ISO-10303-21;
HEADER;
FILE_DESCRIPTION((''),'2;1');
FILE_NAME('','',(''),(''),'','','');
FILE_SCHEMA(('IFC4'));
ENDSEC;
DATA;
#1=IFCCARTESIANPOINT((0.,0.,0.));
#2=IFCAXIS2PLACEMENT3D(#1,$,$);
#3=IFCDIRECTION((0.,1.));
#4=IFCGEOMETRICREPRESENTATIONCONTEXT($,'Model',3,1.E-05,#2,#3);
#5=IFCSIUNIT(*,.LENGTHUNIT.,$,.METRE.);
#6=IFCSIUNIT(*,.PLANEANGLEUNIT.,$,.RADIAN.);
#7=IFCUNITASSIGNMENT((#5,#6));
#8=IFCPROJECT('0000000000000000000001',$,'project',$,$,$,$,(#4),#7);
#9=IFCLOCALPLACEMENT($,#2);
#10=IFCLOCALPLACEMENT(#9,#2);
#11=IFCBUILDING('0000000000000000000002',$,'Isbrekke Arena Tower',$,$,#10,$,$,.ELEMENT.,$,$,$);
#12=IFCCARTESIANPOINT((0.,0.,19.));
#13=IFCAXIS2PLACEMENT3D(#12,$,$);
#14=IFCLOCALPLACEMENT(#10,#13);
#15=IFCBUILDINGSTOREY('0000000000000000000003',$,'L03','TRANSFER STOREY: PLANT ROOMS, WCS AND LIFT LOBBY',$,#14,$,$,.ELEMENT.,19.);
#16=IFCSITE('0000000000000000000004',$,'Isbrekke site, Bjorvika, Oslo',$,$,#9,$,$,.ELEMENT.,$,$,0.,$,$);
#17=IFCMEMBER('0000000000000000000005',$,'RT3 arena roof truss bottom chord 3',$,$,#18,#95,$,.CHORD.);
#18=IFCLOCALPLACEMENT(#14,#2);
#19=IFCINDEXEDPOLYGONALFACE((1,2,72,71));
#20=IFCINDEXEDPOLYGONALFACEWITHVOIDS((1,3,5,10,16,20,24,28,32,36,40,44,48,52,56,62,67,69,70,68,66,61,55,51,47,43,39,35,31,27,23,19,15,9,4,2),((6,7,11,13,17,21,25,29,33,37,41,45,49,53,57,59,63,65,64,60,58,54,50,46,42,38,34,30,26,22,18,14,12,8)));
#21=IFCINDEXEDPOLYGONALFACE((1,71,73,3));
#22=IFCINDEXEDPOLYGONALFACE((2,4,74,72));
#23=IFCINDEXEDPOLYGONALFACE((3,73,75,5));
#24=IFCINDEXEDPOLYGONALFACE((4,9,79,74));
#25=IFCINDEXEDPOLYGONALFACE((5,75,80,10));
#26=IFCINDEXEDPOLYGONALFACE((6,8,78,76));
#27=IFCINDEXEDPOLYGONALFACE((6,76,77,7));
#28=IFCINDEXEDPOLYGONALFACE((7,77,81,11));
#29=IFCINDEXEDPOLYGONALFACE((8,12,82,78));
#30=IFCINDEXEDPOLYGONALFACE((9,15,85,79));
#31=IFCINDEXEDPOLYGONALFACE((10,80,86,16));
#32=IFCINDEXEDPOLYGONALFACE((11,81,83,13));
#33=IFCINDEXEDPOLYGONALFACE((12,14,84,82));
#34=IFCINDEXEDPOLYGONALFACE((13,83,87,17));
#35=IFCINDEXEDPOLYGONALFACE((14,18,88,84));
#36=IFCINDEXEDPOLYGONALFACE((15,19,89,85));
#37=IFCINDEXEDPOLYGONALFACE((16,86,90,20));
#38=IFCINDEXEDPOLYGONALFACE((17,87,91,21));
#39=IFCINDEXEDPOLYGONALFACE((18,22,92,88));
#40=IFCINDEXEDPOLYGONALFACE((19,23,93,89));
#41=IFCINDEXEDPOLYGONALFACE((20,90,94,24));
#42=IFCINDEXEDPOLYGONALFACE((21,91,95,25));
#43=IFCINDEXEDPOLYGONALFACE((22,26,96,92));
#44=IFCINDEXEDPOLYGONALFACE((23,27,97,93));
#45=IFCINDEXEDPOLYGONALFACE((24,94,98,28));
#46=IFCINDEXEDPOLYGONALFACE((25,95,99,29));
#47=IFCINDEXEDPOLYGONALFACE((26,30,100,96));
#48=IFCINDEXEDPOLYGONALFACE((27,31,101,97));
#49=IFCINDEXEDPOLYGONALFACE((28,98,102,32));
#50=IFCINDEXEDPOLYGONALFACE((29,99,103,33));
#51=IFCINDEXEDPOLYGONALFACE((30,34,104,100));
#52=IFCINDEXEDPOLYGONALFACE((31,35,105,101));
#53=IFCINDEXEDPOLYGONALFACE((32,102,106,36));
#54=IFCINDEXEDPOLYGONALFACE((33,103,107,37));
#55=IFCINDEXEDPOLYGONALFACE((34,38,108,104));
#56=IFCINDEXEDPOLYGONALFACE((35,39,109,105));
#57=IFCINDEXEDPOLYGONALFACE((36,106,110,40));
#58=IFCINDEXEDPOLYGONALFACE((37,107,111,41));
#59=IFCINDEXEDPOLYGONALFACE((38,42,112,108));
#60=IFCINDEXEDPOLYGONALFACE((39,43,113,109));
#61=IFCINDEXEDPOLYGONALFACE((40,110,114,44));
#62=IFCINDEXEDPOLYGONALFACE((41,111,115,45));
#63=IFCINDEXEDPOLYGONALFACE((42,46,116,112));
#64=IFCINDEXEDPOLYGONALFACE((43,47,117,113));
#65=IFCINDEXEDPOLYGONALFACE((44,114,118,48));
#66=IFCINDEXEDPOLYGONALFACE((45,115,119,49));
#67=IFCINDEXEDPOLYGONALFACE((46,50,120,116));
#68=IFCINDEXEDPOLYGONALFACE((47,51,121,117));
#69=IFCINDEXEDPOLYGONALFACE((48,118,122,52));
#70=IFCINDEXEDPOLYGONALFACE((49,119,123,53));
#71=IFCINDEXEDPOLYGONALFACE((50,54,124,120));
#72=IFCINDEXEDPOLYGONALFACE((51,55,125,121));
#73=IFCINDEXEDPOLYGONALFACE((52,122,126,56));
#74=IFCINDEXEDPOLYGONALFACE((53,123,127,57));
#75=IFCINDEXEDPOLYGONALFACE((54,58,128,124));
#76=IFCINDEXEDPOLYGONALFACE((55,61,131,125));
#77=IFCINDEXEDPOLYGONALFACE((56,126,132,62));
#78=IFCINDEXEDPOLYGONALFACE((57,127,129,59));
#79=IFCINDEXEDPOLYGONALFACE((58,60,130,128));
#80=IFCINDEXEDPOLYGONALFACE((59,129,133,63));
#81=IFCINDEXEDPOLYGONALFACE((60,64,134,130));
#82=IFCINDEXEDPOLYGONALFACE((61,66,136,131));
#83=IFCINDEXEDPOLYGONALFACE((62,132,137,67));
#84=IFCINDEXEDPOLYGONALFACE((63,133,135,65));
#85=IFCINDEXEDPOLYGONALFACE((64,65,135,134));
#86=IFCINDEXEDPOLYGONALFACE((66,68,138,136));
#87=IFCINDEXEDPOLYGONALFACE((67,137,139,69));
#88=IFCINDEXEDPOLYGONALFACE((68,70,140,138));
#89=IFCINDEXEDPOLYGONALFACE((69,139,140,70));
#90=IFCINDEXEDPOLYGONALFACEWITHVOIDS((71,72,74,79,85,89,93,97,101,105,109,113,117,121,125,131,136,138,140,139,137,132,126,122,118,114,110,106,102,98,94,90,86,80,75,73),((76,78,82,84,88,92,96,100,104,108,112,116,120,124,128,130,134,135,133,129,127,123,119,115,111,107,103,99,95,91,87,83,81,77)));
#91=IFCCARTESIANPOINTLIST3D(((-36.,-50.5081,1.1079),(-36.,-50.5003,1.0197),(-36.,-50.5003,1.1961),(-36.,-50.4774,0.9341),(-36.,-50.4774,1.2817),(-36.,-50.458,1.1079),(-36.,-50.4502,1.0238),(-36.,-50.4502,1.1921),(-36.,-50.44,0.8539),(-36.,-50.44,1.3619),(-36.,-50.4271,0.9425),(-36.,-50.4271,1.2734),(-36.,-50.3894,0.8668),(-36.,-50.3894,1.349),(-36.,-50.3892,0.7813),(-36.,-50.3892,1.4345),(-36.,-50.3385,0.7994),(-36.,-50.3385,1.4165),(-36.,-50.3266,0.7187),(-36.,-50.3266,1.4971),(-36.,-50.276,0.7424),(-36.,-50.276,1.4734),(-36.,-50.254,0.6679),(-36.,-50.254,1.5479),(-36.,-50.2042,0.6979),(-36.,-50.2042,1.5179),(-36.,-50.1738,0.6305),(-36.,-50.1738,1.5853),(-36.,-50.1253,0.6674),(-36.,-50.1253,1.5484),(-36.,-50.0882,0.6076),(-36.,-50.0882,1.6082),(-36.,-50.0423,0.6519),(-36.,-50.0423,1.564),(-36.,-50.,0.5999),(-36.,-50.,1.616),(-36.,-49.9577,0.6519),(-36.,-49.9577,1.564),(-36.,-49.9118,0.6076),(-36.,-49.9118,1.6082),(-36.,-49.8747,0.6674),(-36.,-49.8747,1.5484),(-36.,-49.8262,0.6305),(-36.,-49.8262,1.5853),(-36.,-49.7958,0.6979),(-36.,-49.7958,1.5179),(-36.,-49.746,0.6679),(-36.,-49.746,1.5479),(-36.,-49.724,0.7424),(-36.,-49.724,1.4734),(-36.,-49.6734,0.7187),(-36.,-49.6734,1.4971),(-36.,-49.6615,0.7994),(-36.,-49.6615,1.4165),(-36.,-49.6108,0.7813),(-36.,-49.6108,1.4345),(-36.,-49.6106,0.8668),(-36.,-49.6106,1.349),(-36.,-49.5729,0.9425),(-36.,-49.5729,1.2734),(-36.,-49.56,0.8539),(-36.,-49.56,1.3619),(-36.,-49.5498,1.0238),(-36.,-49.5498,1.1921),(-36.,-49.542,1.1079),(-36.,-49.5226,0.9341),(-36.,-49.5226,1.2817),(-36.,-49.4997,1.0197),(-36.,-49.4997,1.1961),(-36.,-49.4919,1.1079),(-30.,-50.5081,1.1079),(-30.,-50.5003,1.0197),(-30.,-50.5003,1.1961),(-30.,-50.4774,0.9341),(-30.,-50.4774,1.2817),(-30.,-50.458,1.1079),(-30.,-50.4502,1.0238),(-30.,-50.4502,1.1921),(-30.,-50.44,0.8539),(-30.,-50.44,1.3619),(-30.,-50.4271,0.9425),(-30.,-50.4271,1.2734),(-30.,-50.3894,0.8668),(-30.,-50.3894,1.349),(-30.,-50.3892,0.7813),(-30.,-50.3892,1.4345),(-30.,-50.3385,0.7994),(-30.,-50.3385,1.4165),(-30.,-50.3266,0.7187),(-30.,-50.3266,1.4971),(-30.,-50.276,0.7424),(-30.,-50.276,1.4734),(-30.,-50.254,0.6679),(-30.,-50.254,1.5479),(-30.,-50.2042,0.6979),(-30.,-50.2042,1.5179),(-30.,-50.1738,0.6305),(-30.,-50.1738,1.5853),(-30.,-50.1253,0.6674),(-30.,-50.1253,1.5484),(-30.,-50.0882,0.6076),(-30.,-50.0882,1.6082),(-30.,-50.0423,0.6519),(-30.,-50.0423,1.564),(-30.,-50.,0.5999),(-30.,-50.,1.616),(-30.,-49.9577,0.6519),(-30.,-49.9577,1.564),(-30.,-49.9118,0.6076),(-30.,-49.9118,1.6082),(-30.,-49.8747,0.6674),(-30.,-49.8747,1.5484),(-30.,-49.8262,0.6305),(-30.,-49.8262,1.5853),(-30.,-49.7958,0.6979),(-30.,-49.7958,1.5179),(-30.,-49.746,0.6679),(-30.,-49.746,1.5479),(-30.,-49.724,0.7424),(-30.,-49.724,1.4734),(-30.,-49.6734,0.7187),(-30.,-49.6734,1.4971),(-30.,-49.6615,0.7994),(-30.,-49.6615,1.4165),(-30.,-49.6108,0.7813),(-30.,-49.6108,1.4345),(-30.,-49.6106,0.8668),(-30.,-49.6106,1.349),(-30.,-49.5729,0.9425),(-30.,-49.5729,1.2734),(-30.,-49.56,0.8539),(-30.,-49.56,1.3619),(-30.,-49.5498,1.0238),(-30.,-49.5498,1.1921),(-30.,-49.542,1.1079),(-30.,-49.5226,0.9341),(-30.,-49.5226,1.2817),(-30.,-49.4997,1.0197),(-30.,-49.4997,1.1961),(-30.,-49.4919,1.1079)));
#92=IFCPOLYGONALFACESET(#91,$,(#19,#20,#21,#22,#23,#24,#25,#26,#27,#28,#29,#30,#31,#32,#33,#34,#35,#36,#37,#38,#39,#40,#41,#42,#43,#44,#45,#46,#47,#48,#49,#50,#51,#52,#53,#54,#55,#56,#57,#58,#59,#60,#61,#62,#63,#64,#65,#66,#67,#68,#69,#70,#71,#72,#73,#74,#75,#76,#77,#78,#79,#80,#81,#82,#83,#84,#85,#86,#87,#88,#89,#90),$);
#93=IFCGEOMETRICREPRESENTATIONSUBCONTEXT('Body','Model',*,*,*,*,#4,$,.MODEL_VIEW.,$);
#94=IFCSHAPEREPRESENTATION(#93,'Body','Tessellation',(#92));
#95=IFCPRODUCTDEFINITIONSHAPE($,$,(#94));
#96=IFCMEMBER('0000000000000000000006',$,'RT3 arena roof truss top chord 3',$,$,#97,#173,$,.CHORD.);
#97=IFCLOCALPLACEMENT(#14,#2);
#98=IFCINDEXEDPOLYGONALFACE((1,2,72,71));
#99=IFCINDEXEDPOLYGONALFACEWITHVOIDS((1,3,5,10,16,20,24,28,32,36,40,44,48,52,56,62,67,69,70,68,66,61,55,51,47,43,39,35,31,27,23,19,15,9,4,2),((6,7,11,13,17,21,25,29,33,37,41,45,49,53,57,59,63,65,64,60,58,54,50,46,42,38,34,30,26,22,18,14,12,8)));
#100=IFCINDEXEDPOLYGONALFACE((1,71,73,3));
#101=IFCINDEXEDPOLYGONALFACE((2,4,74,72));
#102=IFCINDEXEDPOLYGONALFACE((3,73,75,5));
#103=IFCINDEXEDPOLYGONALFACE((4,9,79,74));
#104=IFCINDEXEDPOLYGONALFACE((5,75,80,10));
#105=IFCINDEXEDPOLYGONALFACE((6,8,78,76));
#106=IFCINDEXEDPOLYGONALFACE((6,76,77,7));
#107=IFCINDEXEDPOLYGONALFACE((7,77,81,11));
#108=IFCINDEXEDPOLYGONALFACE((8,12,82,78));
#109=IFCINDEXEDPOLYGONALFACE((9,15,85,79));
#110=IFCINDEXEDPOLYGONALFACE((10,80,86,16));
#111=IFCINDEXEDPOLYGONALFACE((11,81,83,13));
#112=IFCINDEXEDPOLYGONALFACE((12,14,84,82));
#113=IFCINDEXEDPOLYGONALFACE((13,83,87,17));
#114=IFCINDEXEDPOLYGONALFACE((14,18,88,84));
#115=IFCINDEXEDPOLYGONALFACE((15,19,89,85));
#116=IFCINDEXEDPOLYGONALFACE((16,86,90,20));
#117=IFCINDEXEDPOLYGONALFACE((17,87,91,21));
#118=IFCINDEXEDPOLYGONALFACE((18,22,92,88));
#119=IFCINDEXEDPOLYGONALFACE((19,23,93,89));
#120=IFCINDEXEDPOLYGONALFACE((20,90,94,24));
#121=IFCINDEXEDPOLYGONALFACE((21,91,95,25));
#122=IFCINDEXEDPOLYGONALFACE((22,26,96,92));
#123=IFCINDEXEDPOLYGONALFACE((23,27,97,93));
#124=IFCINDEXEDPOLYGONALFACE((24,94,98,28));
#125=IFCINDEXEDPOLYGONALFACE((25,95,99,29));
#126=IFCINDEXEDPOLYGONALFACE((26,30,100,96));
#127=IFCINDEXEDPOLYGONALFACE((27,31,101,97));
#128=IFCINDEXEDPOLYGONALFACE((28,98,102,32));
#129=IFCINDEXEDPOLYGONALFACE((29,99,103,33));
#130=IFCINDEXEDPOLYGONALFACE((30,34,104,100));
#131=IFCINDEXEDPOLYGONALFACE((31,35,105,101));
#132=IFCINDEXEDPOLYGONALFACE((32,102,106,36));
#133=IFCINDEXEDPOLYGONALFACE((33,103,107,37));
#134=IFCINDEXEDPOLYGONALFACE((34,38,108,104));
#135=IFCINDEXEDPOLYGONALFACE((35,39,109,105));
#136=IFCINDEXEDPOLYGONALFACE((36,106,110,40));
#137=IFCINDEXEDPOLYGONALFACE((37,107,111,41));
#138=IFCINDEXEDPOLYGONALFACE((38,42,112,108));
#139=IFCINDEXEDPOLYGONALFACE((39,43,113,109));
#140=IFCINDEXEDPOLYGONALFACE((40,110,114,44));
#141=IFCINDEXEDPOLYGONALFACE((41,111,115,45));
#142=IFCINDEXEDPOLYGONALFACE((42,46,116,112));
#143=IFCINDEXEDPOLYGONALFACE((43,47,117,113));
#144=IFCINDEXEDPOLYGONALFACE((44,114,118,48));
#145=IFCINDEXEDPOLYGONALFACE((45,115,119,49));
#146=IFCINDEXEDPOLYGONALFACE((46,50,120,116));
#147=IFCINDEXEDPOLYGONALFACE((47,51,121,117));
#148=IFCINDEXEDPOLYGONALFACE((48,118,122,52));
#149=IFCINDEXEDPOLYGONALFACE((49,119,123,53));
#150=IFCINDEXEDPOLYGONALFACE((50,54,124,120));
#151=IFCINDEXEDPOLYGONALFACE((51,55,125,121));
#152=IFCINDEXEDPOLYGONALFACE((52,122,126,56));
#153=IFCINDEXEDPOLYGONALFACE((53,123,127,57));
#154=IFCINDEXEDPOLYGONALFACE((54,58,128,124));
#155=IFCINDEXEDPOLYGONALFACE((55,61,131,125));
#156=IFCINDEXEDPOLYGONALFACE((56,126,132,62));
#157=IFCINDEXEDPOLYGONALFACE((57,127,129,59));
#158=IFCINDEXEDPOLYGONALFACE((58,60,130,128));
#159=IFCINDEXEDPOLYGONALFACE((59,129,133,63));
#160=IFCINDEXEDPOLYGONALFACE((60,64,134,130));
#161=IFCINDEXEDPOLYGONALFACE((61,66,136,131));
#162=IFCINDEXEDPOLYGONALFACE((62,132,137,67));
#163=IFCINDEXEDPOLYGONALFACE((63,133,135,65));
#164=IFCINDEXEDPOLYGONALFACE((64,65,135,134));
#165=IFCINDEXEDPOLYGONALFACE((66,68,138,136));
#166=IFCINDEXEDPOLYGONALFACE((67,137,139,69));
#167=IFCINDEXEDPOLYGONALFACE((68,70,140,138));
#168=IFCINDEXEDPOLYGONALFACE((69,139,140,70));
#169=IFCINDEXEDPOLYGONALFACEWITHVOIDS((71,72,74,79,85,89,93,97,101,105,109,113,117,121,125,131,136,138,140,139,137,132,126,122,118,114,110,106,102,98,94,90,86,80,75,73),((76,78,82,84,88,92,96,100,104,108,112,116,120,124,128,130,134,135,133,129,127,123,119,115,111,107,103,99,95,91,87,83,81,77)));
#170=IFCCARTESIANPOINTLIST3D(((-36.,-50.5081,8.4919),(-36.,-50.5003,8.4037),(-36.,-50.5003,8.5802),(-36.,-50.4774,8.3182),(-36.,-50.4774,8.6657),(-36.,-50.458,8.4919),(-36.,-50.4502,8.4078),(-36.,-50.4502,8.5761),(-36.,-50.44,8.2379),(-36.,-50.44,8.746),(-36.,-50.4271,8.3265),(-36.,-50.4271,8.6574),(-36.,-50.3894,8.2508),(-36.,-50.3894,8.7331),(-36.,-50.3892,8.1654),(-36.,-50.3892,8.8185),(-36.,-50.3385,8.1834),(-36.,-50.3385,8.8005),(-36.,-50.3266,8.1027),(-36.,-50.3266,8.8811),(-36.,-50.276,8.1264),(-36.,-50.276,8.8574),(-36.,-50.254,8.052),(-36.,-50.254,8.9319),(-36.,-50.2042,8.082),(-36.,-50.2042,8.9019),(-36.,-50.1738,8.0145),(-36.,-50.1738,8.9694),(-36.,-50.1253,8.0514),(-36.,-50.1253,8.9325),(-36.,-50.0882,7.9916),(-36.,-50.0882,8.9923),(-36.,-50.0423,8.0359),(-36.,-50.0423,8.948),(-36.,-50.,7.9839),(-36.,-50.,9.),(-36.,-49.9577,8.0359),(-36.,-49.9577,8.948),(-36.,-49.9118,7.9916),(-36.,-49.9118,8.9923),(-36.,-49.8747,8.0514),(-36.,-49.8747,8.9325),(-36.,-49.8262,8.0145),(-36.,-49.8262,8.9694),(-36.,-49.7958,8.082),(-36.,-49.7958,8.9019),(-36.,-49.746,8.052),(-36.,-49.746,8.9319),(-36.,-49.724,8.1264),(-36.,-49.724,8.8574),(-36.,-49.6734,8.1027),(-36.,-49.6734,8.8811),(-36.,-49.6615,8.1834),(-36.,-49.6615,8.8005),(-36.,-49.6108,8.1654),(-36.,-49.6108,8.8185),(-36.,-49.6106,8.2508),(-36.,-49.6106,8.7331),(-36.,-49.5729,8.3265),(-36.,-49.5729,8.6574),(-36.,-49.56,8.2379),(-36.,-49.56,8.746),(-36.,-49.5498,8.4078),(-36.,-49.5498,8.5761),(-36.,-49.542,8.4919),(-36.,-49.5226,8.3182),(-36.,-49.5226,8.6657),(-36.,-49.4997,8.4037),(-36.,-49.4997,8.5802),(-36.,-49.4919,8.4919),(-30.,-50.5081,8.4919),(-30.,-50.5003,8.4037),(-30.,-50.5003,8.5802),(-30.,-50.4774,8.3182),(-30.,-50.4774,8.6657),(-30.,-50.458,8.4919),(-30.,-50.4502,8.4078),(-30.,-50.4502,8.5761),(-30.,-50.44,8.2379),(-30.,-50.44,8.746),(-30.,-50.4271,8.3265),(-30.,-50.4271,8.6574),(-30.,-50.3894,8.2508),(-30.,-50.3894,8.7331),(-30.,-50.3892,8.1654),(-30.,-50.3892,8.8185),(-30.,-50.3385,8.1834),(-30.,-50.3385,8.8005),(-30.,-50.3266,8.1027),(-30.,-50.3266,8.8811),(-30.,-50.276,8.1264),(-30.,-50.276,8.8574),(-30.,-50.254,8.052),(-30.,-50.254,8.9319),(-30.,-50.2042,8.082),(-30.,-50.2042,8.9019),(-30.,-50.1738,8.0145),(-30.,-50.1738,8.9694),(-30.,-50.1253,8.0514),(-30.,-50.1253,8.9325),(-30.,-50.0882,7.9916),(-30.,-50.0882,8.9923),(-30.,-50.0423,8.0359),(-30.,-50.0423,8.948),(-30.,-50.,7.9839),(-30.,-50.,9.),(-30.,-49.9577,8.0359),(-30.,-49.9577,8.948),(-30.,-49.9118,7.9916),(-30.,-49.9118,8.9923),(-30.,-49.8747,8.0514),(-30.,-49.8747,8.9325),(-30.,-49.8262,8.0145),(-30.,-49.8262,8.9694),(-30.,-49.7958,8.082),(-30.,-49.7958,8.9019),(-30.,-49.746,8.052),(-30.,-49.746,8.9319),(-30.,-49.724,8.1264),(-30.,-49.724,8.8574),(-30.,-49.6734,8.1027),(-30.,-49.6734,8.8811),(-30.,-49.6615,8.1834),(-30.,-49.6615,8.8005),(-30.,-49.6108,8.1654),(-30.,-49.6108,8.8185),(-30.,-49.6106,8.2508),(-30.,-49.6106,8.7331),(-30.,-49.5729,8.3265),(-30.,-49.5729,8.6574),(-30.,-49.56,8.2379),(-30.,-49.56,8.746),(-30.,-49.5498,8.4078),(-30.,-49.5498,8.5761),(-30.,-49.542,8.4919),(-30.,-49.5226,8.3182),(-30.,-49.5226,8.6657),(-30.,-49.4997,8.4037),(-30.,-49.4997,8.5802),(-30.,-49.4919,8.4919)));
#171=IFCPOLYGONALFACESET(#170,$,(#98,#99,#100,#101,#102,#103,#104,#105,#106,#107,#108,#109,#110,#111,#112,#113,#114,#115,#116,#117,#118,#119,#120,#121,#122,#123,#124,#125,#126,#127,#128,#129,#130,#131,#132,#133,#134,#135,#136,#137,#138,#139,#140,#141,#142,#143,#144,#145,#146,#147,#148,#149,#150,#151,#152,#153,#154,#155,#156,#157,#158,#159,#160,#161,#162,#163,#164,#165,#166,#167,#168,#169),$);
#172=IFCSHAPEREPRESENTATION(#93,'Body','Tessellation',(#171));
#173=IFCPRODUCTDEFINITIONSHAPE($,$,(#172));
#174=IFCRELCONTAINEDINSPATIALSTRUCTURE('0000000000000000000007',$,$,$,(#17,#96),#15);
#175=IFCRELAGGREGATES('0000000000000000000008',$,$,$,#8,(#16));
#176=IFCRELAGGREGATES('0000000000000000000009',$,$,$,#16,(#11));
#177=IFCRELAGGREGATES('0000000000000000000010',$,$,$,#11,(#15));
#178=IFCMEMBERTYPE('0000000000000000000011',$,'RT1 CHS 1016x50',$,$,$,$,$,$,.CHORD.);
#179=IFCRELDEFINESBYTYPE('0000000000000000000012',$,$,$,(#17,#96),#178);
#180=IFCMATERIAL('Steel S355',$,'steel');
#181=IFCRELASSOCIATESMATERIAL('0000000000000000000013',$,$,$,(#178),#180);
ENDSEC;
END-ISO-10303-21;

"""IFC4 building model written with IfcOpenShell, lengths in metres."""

from ifc_helpers import new_model, si_unit, direction, frame, origin, origin_2d, place, context, subcontext, project, spatial, hollow_circle, extrude, material, material_profile, profile_set, type_object, element, save


model = new_model("IFC4")

# Units and contexts
model_context = context("Model", 3, precision=1e-05, world=origin(), true_north=direction((0.0, 1.0)))
body_context = subcontext(model_context, "Body", "Model", "MODEL_VIEW")
ifc_project = project(units=[si_unit("LENGTHUNIT", "METRE"), si_unit("PLANEANGLEUNIT", "RADIAN")], contexts=[model_context])

# Site, building, storey
site_placement = place(None, origin())
site = spatial("IfcSite", under=ifc_project, at=site_placement, Name="Isbrekke site, Bjorvika, Oslo", CompositionType="ELEMENT", RefElevation=0.0)
building_placement = place(site_placement, origin())
building = spatial("IfcBuilding", under=site, at=building_placement, Name="Isbrekke Arena Tower", CompositionType="ELEMENT")
storey_placement = place(building_placement, frame((0.0, 0.0, 19.0)))
storey = spatial("IfcBuildingStorey", under=building, at=storey_placement, Name="L03", Description="TRANSFER STOREY: PLANT ROOMS, WCS AND LIFT LOBBY", CompositionType="ELEMENT", Elevation=19.0)

# Members
ifc_material_1 = material(Name="Steel S355", Category="steel")
ifc_material_profile_1 = material_profile(ifc_material_1, hollow_circle(Radius=0.5081, WallThickness=0.05, at=origin_2d()), Name="CHS 1016x50")
ifc_profile_set_1 = profile_set([ifc_material_profile_1], Name="Steel S355")
member_type_1 = type_object("IfcMemberType", Name="RT1 CHS 1016x50", PredefinedType="CHORD", material=ifc_profile_set_1)
for number, where, z_axis, x_axis, name in (
    (1, (-36.0, -50.0, 1.1079), (1.0, 0.0, 0.0), (0.0, 1.0, 0.0), "RT3 arena roof truss bottom chord 3"),
    (2, (-36.0, -50.0, 8.4919), (1.0, 0.0, 0.0), (0.0, 1.0, 0.0), "RT3 arena roof truss top chord 3"),
):
    element("IfcMember", number, at=place(storey_placement, frame(where, z_axis=z_axis, x_axis=x_axis)), inside=storey, type_object=member_type_1, Name=name, PredefinedType="CHORD", context=body_context, shape_type="SweptSolid", body=[
        extrude(hollow_circle(Radius=0.5081, WallThickness=0.05, at=origin_2d()), origin(), (0.0, 0.0, 1.0), 6.0),
    ])

save(model, "model.ifc")
